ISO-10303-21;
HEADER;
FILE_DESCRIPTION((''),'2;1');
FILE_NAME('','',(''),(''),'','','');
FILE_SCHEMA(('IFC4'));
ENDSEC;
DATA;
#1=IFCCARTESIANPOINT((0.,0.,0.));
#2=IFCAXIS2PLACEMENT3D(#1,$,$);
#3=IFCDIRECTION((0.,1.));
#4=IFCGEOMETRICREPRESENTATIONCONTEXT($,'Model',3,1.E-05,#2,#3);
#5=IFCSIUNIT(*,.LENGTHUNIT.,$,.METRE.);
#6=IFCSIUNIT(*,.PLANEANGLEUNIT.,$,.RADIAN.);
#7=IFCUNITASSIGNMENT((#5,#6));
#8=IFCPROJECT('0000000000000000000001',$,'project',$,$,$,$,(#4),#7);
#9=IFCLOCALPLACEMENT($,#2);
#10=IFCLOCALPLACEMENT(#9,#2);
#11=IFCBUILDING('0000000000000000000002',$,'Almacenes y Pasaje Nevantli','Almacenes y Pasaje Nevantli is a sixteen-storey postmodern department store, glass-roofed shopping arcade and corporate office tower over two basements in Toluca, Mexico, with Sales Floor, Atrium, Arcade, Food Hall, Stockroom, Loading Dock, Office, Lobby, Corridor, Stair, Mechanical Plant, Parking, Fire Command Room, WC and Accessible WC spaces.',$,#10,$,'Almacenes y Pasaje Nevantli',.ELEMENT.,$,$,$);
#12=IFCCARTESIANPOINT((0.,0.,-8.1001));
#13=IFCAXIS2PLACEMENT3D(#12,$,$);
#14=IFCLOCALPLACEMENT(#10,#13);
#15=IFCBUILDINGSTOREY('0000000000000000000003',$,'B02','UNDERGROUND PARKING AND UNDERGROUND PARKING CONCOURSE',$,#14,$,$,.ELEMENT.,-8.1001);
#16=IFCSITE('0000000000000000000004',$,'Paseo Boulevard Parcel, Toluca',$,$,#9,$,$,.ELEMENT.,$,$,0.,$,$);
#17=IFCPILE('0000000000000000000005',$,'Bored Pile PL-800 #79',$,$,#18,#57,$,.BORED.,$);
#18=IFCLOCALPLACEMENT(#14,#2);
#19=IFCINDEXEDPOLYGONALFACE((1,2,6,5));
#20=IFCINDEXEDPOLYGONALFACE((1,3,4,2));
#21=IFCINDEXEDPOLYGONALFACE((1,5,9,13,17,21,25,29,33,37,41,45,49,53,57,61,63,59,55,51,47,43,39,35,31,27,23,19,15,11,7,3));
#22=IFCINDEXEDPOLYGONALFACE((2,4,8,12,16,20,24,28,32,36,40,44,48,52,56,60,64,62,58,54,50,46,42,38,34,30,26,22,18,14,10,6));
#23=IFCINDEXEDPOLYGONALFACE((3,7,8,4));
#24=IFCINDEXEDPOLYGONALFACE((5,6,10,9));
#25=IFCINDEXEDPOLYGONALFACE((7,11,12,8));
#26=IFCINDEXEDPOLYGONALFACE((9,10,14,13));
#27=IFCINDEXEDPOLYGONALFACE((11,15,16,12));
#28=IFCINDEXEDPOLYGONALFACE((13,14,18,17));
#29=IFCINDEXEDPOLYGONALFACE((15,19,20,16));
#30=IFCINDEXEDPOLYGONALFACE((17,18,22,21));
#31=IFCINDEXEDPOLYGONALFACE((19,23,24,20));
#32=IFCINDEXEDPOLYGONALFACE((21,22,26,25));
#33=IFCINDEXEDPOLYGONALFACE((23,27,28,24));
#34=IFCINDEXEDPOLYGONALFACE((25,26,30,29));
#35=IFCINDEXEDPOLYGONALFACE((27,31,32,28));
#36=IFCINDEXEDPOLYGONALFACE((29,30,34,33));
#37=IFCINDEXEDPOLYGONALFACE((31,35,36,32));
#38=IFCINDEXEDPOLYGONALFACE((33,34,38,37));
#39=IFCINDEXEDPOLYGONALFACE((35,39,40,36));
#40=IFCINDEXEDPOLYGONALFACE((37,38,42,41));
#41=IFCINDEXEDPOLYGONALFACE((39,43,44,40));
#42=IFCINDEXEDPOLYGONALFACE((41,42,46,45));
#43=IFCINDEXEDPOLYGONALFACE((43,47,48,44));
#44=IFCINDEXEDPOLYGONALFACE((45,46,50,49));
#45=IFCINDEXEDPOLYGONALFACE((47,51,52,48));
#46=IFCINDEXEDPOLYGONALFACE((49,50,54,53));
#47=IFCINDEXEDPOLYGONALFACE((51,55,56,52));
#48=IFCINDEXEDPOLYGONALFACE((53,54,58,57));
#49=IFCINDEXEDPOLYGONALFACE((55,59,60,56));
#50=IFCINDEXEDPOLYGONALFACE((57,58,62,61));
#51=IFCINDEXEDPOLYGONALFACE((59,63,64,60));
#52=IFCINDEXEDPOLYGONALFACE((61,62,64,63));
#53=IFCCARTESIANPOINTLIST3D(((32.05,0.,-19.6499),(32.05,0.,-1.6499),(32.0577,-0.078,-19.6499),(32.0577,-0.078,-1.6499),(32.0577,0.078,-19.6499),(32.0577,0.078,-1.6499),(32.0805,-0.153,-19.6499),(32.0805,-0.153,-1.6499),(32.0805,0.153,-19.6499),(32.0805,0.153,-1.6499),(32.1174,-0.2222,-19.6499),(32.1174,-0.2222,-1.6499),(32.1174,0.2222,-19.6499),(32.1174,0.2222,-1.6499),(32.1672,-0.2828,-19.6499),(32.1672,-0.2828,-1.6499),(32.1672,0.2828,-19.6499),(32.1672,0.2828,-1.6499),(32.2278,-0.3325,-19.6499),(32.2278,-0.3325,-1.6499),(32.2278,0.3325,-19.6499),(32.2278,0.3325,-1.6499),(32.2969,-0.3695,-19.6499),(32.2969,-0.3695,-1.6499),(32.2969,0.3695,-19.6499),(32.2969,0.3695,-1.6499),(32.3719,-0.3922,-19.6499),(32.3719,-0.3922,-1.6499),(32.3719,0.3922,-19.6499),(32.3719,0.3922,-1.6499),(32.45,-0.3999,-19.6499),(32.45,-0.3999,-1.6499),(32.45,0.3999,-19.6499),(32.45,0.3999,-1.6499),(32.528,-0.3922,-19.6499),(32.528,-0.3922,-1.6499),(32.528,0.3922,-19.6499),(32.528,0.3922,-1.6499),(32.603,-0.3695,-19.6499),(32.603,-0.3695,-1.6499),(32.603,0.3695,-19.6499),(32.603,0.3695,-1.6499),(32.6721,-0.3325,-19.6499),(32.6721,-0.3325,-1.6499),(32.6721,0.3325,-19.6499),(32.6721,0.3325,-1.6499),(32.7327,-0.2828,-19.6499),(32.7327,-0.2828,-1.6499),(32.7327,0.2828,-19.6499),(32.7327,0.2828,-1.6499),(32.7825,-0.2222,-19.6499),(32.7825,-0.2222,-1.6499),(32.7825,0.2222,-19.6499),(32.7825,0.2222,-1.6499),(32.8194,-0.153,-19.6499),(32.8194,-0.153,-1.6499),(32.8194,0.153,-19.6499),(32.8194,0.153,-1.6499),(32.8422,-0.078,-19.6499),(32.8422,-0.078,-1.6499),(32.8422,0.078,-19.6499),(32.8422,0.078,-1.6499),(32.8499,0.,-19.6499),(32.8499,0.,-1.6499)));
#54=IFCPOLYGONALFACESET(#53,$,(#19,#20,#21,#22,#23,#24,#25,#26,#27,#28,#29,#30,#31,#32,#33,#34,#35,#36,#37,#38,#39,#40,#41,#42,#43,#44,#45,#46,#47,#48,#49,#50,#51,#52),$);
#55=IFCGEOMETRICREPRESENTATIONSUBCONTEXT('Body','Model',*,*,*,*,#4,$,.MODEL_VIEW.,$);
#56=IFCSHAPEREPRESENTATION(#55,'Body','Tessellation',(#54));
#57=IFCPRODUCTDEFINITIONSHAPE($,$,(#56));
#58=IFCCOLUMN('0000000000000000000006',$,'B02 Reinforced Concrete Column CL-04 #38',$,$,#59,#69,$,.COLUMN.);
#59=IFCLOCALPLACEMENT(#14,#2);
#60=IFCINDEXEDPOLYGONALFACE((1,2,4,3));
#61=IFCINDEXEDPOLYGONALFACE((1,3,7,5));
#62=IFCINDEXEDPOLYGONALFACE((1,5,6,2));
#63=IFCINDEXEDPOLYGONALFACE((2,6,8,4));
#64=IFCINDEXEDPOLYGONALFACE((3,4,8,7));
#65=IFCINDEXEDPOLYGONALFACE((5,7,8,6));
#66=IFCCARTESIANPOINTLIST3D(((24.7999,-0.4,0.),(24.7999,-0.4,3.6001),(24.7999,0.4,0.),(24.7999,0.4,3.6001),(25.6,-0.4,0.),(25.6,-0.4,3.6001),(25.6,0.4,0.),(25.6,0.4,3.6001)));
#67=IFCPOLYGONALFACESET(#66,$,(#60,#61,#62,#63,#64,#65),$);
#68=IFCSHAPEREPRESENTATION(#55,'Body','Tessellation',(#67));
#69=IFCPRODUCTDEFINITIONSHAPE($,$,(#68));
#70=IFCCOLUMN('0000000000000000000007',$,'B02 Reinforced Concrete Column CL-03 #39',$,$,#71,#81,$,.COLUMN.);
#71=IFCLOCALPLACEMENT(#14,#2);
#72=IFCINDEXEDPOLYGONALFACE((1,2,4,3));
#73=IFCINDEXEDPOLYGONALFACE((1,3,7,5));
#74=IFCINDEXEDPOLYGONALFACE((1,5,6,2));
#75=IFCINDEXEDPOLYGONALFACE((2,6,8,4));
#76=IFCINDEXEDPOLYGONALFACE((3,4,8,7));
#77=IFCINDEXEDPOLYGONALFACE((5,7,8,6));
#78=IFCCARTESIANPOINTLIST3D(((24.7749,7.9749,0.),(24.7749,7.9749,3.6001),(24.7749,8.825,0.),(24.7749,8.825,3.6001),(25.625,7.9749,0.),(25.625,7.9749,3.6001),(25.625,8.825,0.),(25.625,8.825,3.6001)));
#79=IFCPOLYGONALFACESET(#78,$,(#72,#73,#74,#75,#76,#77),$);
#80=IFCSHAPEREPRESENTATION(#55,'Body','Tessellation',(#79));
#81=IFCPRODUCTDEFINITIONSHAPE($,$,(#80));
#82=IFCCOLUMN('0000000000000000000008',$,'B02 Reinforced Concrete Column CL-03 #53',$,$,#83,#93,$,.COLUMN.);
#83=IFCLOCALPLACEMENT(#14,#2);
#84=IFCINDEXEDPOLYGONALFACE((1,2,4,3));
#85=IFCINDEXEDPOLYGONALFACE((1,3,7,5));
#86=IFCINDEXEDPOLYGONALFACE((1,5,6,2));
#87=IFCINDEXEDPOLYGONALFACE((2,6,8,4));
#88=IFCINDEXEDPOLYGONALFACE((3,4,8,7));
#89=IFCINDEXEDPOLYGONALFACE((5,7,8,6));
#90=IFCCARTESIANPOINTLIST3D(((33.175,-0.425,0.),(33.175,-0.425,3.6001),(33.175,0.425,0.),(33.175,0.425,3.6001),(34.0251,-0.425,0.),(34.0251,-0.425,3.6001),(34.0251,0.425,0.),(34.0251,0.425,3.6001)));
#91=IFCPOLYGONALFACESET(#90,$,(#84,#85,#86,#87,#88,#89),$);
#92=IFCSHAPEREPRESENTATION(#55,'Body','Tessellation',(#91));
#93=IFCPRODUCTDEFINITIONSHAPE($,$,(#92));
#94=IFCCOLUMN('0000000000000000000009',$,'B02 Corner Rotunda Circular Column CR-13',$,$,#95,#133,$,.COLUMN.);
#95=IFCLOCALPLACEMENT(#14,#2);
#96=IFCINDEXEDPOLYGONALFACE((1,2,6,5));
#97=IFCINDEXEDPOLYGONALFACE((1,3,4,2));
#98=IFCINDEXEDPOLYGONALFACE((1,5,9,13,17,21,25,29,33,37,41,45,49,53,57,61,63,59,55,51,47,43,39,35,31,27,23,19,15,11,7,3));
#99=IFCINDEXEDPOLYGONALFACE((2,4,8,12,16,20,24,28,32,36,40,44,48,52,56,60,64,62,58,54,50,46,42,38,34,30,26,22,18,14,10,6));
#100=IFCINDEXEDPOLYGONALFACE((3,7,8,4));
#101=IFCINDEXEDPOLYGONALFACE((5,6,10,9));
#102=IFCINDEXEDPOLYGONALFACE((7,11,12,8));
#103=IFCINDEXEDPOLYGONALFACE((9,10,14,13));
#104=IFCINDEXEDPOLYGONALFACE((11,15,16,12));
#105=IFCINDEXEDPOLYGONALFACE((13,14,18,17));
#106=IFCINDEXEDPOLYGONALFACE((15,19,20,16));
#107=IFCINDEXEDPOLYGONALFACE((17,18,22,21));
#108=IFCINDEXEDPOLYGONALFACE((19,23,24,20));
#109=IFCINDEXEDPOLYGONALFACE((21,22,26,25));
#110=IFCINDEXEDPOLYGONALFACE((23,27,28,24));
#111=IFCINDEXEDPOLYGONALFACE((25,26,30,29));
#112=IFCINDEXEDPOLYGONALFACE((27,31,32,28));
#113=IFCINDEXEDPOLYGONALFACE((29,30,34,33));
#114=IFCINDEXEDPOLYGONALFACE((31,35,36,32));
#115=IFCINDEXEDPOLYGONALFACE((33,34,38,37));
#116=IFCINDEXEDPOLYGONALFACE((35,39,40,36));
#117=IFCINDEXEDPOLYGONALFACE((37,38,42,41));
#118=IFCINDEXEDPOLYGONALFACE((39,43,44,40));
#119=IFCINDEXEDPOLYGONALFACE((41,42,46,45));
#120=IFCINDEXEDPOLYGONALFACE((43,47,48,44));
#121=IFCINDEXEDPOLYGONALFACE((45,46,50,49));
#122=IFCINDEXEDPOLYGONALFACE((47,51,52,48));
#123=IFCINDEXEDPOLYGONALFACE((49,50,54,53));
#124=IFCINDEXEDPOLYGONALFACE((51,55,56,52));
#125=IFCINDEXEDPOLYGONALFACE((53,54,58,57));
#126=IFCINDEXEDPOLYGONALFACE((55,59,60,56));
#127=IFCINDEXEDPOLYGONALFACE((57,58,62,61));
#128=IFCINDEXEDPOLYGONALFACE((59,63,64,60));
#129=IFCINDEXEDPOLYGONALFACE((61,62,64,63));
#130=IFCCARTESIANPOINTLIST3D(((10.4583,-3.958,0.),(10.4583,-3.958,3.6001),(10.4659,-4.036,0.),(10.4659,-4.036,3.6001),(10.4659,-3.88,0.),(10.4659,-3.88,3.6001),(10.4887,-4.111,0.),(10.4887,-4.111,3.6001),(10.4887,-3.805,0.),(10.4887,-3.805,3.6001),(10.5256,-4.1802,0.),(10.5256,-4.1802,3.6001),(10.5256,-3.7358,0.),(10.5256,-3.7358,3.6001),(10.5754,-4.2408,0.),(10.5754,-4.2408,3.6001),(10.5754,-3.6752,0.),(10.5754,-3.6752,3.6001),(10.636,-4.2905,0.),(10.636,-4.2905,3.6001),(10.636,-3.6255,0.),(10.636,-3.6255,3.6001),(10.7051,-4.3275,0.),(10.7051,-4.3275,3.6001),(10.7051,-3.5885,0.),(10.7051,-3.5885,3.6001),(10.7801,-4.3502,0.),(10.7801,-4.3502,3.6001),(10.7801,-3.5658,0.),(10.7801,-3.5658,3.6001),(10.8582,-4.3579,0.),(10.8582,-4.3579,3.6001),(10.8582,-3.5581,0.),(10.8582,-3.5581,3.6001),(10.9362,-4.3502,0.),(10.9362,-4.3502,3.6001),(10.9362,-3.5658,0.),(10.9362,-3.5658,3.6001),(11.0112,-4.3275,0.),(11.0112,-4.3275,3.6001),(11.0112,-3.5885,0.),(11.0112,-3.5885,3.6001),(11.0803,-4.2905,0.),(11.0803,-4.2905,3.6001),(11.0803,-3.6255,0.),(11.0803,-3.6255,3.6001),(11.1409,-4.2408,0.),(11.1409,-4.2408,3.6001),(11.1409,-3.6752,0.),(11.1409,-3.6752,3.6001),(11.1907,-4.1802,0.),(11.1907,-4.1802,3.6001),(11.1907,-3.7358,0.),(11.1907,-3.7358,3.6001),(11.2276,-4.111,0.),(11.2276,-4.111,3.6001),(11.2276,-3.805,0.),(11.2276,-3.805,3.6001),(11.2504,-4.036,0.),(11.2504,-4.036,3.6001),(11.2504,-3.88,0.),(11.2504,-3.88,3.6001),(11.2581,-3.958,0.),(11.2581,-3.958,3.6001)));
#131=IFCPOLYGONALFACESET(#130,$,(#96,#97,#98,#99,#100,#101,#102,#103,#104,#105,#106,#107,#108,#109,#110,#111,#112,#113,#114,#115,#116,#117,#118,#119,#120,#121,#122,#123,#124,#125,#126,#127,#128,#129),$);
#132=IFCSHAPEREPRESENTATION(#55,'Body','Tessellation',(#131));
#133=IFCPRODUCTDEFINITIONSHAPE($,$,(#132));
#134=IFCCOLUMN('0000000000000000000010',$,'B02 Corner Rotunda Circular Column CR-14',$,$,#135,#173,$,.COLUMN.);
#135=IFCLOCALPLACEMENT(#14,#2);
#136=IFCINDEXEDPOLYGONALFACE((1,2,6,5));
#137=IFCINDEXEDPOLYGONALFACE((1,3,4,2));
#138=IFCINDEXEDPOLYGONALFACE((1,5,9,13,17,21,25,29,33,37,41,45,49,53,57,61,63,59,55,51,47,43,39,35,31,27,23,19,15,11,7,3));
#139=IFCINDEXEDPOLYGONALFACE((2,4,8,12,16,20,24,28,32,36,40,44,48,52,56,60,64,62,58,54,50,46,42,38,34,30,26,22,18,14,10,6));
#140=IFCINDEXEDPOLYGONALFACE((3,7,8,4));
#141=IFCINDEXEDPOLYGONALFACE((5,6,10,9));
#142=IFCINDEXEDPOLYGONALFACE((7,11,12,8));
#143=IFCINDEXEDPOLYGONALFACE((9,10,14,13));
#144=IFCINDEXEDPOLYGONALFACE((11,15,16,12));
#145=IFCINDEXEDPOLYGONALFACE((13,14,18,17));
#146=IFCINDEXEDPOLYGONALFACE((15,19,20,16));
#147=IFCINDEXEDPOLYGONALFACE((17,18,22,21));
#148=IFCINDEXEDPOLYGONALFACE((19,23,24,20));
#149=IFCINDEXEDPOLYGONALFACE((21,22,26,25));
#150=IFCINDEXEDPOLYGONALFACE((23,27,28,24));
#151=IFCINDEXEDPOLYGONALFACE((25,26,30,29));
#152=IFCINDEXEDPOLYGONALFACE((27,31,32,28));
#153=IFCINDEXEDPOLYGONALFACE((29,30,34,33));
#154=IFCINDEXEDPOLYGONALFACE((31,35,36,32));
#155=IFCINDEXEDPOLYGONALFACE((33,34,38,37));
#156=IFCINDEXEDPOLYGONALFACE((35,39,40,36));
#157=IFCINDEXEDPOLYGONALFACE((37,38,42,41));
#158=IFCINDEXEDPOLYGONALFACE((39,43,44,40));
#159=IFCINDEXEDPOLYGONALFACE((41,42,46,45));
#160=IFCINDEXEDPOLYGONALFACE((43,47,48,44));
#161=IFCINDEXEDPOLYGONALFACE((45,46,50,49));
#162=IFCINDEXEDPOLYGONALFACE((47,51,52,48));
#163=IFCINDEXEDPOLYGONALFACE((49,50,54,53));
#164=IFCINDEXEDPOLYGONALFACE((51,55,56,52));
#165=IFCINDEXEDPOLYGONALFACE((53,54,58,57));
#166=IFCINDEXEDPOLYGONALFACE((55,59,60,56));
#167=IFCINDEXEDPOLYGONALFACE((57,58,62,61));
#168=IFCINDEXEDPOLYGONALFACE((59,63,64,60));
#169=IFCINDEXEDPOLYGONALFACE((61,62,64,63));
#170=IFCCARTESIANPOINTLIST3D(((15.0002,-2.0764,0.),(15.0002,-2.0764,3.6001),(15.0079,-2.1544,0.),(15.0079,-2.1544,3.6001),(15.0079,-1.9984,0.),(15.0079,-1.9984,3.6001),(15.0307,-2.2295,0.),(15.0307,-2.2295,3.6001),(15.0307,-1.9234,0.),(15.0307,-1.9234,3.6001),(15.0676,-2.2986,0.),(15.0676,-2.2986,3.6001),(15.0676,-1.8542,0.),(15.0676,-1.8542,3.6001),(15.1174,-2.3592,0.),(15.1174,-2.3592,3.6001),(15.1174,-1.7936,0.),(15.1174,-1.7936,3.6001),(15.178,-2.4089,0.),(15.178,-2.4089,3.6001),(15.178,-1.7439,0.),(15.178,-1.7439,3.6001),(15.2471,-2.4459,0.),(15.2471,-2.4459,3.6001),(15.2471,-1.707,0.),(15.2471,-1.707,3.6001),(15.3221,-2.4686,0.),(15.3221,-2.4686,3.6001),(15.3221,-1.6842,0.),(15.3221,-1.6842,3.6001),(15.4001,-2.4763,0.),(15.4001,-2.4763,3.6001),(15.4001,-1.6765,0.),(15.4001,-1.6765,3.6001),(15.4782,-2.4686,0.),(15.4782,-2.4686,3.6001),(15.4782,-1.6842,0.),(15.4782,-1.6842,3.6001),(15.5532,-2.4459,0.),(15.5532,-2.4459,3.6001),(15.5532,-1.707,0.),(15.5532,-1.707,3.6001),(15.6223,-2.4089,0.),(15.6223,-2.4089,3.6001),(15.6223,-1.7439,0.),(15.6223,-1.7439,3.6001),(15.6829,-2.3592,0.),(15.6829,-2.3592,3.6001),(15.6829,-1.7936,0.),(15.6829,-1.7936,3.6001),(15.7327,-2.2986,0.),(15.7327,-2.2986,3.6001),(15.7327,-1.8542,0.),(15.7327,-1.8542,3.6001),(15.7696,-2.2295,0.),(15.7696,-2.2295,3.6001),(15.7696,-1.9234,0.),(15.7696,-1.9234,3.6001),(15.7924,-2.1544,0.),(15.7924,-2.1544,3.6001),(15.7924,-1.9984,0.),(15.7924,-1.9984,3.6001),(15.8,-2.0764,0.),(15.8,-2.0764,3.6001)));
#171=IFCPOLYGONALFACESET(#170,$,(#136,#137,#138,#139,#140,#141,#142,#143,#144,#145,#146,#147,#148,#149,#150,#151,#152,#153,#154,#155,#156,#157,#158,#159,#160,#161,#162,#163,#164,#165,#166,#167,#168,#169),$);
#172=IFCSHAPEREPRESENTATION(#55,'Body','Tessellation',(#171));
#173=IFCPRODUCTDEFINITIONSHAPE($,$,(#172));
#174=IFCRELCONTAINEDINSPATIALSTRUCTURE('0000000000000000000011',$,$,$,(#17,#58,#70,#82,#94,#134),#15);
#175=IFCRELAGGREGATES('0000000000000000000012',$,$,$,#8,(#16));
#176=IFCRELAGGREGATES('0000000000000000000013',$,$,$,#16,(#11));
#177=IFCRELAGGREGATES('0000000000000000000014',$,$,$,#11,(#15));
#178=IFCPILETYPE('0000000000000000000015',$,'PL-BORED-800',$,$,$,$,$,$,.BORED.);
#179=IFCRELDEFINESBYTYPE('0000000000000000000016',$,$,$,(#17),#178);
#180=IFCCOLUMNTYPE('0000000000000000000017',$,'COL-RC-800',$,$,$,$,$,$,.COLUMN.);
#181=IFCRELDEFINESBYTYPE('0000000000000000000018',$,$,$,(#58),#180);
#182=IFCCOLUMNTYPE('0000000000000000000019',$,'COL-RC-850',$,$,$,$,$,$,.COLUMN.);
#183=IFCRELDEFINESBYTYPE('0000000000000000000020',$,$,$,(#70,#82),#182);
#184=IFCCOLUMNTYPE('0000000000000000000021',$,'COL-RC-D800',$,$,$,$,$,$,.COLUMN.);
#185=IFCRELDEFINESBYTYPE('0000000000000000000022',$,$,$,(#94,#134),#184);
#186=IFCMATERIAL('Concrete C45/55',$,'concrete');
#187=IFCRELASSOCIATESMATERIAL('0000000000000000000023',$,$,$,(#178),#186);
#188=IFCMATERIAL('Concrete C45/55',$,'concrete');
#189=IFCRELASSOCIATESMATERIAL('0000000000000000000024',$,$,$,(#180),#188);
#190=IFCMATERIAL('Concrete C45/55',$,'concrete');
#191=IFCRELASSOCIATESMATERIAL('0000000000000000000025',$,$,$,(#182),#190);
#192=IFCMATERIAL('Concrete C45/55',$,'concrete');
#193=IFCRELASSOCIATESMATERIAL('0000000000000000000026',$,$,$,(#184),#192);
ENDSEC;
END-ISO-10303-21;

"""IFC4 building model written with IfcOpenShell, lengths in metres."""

from ifc_helpers import new_model, si_unit, direction, frame, origin, origin_2d, place, context, subcontext, project, spatial, rectangle, circle, extrude, material, material_profile, profile_set, type_object, element, save


model = new_model("IFC4")

# Units and contexts
model_context = context("Model", 3, precision=1e-05, world=origin(), true_north=direction((0.0, 1.0)))
body_context = subcontext(model_context, "Body", "Model", "MODEL_VIEW")
ifc_project = project(units=[si_unit("LENGTHUNIT", "METRE"), si_unit("PLANEANGLEUNIT", "RADIAN")], contexts=[model_context])

# Site, building, storey
site_placement = place(None, origin())
site = spatial("IfcSite", under=ifc_project, at=site_placement, Name="Paseo Boulevard Parcel, Toluca", CompositionType="ELEMENT", RefElevation=0.0)
building_placement = place(site_placement, origin())
building = spatial("IfcBuilding", under=site, at=building_placement, Name="Almacenes y Pasaje Nevantli", Description="Almacenes y Pasaje Nevantli is a sixteen-storey postmodern department store, glass-roofed shopping arcade and corporate office tower over two basements in Toluca, Mexico, with Sales Floor, Atrium, Arcade, Food Hall, Stockroom, Loading Dock, Office, Lobby, Corridor, Stair, Mechanical Plant, Parking, Fire Command Room, WC and Accessible WC spaces.", LongName="Almacenes y Pasaje Nevantli", CompositionType="ELEMENT")
storey_placement = place(building_placement, frame((0.0, 0.0, -8.1001)))
storey = spatial("IfcBuildingStorey", under=building, at=storey_placement, Name="B02", Description="UNDERGROUND PARKING AND UNDERGROUND PARKING CONCOURSE", CompositionType="ELEMENT", Elevation=-8.1001)

# Pile
ifc_material_1 = material(Name="Concrete C45/55", Category="concrete")
ifc_material_profile_1 = material_profile(ifc_material_1, circle(Radius=0.3999, at=origin_2d()), Name="RC-PILE-D800")
ifc_profile_set_1 = profile_set([ifc_material_profile_1], Name="Concrete C45/55")
pile_type_1 = type_object("IfcPileType", Name="PL-BORED-800", PredefinedType="BORED", material=ifc_profile_set_1)
for number, where, z_axis, x_axis, name in (
    (1, (32.45, 0.0, -1.6499), (0.0, 0.0, -1.0), (1.0, 0.0, 0.0), "Bored Pile PL-800 #79"),
):
    element("IfcPile", number, at=place(storey_placement, frame(where, z_axis=z_axis, x_axis=x_axis)), inside=storey, type_object=pile_type_1, Name=name, PredefinedType="BORED", context=body_context, shape_type="SweptSolid", body=[
        extrude(circle(Radius=0.3999, at=origin_2d()), origin(), (0.0, 0.0, 1.0), 18.0),
    ])

# Columns
ifc_material_2 = material(Name="Concrete C45/55", Category="concrete")
ifc_material_profile_2 = material_profile(ifc_material_2, rectangle(XDim=0.8, YDim=0.8, at=origin_2d()), Name="RC-COL-800x800")
ifc_profile_set_2 = profile_set([ifc_material_profile_2], Name="Concrete C45/55")
column_type_1 = type_object("IfcColumnType", Name="COL-RC-800", PredefinedType="COLUMN", material=ifc_profile_set_2)
column_placement = place(storey_placement, frame((25.2, 0.0, 0.0), z_axis=(0.0, 0.0, 1.0), x_axis=(1.0, 0.0, 0.0)))
element("IfcColumn", 2, at=column_placement, inside=storey, type_object=column_type_1, Name="B02 Reinforced Concrete Column CL-04 #38", PredefinedType="COLUMN", context=body_context, shape_type="SweptSolid", body=[
    extrude(rectangle(XDim=0.8, YDim=0.8, at=origin_2d()), origin(), (0.0, 0.0, 1.0), 3.6001),
])
ifc_material_3 = material(Name="Concrete C45/55", Category="concrete")
ifc_material_profile_3 = material_profile(ifc_material_3, rectangle(XDim=0.8501, YDim=0.8501, at=origin_2d()), Name="RC-COL-850x850")
ifc_profile_set_3 = profile_set([ifc_material_profile_3], Name="Concrete C45/55")
column_type_2 = type_object("IfcColumnType", Name="COL-RC-850", PredefinedType="COLUMN", material=ifc_profile_set_3)
for number, where, z_axis, x_axis, name in (
    (3, (25.2, 8.3999, 0.0), (0.0, 0.0, 1.0), (1.0, 0.0, 0.0), "B02 Reinforced Concrete Column CL-03 #39"),
    (4, (33.6001, 0.0, 0.0), (0.0, 0.0, 1.0), (1.0, 0.0, 0.0), "B02 Reinforced Concrete Column CL-03 #53"),
):
    element("IfcColumn", number, at=place(storey_placement, frame(where, z_axis=z_axis, x_axis=x_axis)), inside=storey, type_object=column_type_2, Name=name, PredefinedType="COLUMN", context=body_context, shape_type="SweptSolid", body=[
        extrude(rectangle(XDim=0.8501, YDim=0.8501, at=origin_2d()), origin(), (0.0, 0.0, 1.0), 3.6001),
    ])
ifc_material_4 = material(Name="Concrete C45/55", Category="concrete")
ifc_material_profile_4 = material_profile(ifc_material_4, circle(Radius=0.3999, at=origin_2d()), Name="RC-COL-D800")
ifc_profile_set_4 = profile_set([ifc_material_profile_4], Name="Concrete C45/55")
column_type_3 = type_object("IfcColumnType", Name="COL-RC-D800", PredefinedType="COLUMN", material=ifc_profile_set_4)
for number, where, z_axis, x_axis, name in (
    (5, (10.8582, -3.958, 0.0), (0.0, 0.0, 1.0), (1.0, 0.0, 0.0), "B02 Corner Rotunda Circular Column CR-13"),
    (6, (15.4001, -2.0764, 0.0), (0.0, 0.0, 1.0), (1.0, 0.0, 0.0), "B02 Corner Rotunda Circular Column CR-14"),
):
    element("IfcColumn", number, at=place(storey_placement, frame(where, z_axis=z_axis, x_axis=x_axis)), inside=storey, type_object=column_type_3, Name=name, PredefinedType="COLUMN", context=body_context, shape_type="SweptSolid", body=[
        extrude(circle(Radius=0.3999, at=origin_2d()), origin(), (0.0, 0.0, 1.0), 3.6001),
    ])

save(model, "model.ifc")
